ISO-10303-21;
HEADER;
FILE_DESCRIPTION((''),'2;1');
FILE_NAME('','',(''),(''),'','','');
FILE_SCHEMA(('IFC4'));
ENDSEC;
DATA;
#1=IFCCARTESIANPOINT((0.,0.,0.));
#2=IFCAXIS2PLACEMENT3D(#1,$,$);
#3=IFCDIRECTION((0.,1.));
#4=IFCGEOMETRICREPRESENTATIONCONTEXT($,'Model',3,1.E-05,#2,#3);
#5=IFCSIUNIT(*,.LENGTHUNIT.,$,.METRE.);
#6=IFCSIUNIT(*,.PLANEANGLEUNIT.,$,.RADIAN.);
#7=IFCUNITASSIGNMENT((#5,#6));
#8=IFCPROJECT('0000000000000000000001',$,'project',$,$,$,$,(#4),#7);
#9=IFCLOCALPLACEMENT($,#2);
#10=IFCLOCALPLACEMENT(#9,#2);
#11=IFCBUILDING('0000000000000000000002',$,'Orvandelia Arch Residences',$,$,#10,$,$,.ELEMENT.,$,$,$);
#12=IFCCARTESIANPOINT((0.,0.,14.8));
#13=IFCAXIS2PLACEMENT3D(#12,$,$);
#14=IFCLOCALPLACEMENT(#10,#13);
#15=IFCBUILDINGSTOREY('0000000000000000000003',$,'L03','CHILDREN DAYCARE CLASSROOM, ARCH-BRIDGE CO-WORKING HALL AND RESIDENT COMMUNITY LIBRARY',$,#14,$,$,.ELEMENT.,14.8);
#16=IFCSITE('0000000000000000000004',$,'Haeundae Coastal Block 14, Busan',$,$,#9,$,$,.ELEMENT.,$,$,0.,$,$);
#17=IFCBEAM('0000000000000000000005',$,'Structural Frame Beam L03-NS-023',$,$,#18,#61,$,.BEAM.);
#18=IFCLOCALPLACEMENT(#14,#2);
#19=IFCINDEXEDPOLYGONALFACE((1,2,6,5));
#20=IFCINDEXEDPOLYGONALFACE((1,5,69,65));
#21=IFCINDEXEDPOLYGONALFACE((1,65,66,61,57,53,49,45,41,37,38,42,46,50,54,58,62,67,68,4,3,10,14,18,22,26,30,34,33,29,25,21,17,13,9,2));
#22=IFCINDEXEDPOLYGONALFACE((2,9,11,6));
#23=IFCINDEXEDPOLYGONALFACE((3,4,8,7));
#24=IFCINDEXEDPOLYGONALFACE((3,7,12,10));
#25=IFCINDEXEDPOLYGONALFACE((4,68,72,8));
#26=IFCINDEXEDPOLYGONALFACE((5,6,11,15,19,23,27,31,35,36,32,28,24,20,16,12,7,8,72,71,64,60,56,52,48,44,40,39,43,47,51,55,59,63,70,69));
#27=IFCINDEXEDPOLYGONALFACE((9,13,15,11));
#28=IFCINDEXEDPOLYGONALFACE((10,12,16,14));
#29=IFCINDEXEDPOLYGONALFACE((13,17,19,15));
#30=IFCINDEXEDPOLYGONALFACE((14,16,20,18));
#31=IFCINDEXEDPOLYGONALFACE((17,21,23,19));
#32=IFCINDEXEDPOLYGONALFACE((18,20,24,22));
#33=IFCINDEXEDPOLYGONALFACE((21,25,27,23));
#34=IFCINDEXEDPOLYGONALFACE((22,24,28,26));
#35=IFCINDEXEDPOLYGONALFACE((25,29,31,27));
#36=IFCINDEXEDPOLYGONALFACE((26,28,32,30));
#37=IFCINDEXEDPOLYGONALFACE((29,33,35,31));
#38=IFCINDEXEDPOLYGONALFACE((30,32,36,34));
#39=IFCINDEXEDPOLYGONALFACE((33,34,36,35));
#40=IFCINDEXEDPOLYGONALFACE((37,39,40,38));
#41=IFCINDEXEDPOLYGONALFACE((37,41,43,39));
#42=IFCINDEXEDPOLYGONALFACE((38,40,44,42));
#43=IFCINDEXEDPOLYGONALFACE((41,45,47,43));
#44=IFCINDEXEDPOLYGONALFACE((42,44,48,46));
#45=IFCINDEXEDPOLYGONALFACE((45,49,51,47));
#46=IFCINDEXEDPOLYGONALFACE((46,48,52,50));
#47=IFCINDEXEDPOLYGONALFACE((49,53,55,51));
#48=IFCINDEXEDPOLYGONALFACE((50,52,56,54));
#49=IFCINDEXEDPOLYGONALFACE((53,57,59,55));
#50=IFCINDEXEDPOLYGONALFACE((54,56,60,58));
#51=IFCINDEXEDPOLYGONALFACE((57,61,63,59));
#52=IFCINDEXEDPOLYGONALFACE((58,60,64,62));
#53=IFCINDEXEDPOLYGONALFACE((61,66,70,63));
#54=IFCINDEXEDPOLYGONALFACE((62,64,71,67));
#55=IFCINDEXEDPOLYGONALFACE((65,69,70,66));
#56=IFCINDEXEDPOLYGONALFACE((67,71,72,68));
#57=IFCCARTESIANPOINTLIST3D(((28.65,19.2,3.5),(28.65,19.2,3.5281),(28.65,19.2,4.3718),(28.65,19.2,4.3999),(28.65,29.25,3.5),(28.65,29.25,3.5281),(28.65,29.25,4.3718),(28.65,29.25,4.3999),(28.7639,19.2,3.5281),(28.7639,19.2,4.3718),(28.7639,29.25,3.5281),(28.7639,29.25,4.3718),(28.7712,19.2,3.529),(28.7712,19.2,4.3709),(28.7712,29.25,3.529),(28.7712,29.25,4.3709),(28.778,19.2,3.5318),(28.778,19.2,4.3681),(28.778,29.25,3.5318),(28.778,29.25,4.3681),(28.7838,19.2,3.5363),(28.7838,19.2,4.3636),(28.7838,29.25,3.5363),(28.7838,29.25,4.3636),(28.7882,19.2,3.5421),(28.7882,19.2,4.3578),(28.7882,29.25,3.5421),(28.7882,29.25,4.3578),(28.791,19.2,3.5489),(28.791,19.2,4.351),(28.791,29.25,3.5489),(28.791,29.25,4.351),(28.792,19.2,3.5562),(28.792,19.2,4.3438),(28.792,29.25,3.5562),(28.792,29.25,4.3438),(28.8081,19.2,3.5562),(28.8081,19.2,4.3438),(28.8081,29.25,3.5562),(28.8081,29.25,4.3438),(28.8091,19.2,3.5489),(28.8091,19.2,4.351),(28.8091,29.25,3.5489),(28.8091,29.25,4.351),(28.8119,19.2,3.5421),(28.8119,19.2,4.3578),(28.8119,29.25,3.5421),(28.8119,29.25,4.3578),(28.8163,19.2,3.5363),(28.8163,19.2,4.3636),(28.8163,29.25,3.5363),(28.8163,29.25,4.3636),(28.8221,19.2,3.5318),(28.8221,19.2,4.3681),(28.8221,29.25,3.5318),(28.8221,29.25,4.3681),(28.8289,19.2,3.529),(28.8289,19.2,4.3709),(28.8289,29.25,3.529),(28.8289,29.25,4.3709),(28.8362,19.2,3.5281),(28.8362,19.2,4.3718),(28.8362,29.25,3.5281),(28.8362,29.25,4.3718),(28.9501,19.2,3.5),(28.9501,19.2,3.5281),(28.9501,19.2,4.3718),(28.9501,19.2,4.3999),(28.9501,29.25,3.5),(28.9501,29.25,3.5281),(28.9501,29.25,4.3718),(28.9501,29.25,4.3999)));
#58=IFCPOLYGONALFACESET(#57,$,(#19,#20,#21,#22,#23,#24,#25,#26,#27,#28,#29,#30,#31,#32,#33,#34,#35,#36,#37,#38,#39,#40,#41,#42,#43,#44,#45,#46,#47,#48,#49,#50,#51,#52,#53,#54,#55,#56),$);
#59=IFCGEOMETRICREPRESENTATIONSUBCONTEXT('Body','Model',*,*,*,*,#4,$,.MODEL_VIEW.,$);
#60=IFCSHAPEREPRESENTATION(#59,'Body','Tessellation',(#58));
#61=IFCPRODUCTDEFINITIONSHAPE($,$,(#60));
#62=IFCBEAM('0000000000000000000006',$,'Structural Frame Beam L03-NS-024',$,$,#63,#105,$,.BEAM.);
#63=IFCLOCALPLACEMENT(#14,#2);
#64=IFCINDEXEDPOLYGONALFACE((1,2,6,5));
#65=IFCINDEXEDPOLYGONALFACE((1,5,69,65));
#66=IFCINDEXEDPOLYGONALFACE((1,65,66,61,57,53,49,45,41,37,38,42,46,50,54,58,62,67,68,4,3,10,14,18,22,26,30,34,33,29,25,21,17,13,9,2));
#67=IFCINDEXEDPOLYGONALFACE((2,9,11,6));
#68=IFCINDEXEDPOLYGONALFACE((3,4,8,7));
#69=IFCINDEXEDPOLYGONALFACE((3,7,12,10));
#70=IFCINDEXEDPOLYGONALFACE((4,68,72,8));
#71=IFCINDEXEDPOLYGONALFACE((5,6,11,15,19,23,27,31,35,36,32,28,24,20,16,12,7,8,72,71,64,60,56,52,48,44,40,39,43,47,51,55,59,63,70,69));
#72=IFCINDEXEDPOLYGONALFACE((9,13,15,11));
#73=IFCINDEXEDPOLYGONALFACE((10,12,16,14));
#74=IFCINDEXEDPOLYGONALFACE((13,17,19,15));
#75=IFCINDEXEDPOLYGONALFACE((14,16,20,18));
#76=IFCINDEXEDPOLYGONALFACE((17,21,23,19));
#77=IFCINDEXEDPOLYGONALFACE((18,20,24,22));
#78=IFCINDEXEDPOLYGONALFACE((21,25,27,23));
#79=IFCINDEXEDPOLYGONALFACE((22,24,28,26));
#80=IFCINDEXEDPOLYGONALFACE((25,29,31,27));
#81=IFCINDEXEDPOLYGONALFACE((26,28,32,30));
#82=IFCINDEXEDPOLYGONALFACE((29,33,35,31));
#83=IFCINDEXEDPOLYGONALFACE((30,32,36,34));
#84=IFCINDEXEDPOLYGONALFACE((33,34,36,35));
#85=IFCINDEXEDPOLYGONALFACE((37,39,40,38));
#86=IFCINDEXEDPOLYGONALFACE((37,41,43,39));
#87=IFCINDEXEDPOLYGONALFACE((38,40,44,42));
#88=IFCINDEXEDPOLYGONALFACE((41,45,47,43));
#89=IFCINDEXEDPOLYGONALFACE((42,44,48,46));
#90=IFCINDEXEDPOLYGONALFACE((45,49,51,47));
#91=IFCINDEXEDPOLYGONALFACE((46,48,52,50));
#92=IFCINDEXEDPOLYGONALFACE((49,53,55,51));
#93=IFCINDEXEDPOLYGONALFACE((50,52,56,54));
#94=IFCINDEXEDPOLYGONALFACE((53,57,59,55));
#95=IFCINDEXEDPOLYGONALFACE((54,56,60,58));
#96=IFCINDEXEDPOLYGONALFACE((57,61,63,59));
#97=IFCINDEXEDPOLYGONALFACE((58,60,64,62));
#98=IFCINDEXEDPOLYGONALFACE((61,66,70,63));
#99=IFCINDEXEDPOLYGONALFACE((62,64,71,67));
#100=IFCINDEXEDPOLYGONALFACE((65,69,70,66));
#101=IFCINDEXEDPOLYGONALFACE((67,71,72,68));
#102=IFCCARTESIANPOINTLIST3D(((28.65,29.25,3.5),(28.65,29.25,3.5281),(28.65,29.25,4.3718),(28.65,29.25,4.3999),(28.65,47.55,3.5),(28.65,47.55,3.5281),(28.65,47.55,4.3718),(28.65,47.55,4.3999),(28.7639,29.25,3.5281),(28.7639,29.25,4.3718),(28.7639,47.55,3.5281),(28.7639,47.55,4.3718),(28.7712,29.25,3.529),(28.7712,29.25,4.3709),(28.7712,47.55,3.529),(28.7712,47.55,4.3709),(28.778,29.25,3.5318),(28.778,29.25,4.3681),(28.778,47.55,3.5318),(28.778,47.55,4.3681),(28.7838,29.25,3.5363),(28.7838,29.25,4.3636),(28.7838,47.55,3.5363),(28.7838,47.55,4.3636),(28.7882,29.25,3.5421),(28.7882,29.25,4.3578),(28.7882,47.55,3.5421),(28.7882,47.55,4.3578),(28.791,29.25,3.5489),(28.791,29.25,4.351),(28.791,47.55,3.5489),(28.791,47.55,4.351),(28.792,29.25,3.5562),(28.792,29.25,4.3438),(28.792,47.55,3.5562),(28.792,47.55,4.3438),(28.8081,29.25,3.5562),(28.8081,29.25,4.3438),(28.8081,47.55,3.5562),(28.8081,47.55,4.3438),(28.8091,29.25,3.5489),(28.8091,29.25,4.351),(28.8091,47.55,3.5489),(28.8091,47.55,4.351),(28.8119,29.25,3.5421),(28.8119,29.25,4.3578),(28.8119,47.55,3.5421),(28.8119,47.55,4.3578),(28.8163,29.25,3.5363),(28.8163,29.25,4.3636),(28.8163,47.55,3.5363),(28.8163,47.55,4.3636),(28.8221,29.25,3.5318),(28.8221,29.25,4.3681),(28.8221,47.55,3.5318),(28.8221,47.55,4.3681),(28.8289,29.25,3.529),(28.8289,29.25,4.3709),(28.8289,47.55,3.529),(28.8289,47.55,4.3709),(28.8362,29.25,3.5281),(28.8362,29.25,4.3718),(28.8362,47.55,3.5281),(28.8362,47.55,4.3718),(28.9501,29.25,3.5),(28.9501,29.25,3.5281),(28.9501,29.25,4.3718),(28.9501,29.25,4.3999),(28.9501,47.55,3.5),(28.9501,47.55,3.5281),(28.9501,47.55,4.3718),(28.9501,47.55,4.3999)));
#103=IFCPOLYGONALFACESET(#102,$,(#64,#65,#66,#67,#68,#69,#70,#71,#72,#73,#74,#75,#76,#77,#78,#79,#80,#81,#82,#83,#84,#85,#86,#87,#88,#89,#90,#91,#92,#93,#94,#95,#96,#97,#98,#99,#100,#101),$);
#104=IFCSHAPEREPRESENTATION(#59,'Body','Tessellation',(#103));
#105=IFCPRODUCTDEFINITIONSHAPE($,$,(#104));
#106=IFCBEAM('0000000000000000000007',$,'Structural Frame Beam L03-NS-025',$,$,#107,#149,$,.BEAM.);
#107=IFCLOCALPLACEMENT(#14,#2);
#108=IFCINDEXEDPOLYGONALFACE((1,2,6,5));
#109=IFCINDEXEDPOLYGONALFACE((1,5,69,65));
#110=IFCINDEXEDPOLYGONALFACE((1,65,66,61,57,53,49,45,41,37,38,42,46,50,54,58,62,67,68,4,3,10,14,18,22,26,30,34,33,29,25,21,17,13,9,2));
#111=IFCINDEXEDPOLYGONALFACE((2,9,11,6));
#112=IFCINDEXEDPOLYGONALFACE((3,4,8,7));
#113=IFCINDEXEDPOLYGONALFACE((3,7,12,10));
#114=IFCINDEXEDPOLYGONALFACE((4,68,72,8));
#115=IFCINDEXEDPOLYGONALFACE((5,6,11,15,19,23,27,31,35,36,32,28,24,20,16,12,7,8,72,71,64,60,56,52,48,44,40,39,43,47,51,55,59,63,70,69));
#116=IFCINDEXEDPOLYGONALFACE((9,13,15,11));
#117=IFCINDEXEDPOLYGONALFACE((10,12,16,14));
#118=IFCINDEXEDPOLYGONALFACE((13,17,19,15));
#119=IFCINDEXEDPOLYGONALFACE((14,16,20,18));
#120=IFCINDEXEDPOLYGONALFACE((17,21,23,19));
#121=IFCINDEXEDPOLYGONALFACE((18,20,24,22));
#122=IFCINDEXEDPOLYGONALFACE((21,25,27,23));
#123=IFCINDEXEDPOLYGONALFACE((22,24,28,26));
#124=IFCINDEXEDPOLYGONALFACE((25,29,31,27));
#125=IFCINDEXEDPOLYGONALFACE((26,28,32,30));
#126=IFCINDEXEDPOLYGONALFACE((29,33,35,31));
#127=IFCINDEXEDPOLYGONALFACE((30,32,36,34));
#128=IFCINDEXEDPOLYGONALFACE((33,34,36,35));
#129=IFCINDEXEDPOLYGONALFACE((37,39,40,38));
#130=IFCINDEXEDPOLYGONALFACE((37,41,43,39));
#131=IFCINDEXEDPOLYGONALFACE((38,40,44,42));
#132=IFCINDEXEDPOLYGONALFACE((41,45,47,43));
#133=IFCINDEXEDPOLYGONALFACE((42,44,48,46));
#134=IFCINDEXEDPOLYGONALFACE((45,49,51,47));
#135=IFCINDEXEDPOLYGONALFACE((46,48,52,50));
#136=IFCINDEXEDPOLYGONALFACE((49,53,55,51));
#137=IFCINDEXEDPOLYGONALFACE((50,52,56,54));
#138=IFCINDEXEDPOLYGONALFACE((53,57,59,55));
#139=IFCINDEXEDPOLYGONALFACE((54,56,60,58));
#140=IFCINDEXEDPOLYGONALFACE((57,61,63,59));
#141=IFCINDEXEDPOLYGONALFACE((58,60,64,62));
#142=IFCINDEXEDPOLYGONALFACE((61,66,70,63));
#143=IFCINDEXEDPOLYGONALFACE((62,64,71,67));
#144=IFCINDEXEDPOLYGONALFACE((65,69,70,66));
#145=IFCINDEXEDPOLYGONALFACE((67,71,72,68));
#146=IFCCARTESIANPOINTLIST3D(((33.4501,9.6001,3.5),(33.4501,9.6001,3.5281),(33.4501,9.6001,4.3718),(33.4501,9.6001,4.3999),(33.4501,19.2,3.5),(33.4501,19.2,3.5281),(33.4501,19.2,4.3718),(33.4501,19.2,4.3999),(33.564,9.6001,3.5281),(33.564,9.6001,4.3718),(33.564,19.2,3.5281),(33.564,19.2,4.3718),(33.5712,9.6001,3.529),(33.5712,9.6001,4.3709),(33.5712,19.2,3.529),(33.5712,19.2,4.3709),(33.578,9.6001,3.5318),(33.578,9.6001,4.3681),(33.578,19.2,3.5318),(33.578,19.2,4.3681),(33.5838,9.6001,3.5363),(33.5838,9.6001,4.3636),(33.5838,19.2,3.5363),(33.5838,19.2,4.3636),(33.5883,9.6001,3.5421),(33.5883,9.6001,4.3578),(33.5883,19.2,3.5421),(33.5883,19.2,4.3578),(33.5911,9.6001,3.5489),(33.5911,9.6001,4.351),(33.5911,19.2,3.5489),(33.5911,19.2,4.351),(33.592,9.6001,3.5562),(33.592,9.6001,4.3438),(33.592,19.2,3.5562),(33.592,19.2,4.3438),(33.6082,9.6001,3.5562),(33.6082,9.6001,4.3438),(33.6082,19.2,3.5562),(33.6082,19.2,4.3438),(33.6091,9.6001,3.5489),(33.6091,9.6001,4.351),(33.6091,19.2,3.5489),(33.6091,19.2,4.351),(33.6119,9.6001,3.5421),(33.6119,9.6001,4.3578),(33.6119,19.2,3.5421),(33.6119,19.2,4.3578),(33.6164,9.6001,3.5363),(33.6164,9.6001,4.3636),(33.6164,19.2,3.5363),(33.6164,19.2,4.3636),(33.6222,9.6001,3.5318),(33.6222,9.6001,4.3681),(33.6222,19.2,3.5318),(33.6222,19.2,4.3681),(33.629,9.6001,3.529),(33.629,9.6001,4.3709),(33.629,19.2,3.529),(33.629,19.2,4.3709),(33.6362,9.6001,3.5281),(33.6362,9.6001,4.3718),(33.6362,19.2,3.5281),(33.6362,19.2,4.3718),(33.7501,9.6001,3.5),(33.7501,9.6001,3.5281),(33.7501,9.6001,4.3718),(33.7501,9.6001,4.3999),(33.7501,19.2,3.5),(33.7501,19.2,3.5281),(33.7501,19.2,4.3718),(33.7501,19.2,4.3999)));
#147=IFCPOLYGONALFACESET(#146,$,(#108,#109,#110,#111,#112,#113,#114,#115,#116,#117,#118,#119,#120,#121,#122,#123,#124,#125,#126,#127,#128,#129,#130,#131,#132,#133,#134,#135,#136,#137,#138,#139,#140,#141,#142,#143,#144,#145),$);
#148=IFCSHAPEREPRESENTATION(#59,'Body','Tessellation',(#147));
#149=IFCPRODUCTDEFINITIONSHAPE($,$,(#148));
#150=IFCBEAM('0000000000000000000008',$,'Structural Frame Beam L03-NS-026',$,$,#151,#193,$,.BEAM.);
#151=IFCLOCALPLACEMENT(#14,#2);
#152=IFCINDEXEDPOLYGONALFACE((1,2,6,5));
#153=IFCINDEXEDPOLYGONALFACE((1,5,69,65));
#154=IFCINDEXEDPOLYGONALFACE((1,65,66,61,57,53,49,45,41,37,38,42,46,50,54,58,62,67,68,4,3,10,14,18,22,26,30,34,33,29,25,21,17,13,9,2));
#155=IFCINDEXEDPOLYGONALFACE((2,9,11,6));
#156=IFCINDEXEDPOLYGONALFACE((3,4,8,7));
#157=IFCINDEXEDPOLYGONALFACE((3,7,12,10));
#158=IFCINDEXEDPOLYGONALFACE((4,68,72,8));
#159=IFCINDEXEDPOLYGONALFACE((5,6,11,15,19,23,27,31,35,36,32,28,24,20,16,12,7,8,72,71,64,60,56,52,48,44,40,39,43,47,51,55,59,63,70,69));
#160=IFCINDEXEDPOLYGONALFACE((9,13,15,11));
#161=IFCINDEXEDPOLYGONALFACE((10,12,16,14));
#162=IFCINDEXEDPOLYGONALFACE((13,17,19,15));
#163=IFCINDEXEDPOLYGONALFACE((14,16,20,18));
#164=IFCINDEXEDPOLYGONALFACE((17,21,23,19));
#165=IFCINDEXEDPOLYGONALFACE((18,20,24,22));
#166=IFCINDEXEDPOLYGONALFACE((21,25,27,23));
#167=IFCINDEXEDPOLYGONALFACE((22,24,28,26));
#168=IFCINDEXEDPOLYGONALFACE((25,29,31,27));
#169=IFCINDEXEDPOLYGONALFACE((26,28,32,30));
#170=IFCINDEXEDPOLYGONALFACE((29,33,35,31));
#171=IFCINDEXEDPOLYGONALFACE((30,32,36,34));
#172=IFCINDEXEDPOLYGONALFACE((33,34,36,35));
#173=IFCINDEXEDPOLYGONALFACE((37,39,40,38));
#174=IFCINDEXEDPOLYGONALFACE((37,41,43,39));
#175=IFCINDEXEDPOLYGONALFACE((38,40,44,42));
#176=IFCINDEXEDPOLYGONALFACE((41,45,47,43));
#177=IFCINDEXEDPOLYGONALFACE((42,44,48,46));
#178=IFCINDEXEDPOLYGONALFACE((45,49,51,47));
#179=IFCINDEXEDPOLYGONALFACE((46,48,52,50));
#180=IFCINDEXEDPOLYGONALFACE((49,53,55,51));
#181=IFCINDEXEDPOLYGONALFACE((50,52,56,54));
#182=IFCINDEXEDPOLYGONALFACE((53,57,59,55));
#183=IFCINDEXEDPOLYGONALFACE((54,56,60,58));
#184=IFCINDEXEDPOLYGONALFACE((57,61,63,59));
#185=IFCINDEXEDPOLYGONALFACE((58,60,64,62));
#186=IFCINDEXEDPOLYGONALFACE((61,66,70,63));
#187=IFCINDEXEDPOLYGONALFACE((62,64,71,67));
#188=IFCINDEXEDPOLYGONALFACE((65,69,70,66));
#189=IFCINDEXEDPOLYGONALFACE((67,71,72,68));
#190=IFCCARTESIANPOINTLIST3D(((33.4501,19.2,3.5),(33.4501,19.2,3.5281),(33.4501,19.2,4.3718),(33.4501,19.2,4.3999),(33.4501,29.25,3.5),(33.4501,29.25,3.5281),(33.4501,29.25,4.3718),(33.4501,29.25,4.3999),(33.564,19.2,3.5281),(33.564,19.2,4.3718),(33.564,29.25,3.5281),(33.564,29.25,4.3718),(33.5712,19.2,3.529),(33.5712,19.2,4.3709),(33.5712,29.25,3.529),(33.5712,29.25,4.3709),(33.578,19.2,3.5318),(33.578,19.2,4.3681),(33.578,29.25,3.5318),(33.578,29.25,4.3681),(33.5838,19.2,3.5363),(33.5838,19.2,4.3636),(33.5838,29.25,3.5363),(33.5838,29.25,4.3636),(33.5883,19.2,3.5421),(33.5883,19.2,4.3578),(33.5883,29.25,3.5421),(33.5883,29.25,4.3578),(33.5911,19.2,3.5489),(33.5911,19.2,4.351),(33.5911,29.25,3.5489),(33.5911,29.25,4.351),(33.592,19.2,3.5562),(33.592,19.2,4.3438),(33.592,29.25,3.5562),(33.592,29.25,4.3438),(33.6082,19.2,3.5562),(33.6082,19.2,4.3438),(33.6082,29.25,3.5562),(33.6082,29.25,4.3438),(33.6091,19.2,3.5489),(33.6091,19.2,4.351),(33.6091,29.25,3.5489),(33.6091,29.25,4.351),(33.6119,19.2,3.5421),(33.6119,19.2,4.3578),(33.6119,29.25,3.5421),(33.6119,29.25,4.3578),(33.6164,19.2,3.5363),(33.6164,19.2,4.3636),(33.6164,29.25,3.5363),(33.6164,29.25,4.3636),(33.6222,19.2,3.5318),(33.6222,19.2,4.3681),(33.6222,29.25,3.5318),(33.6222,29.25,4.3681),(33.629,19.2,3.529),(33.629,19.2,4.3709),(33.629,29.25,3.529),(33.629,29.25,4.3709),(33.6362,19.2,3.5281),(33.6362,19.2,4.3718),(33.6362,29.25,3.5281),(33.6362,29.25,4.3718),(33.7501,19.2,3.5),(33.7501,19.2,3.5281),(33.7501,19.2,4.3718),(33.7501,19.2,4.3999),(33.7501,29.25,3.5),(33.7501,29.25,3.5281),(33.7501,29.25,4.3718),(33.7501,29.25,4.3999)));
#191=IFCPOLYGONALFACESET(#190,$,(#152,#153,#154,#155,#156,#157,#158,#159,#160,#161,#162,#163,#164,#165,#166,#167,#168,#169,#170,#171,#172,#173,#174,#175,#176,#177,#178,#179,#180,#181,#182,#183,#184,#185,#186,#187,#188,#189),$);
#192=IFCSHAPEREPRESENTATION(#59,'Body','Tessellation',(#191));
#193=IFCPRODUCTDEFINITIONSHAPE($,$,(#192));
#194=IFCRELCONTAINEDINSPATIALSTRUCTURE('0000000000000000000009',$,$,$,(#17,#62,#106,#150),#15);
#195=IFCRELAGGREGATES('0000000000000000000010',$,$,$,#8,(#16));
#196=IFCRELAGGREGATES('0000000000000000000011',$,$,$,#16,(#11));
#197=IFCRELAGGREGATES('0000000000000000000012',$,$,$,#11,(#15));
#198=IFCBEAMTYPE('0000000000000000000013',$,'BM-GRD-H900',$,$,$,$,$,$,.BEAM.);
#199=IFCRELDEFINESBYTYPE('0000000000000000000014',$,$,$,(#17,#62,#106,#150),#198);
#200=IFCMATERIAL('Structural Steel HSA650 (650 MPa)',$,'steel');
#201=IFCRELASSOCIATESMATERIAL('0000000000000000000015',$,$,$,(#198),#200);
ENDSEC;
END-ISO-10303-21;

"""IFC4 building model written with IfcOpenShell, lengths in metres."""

from ifc_helpers import new_model, si_unit, direction, frame, origin, origin_2d, place, context, subcontext, project, spatial, i_section, extrude, material, material_profile, profile_set, type_object, element, save


model = new_model("IFC4")

# Units and contexts
model_context = context("Model", 3, precision=1e-05, world=origin(), true_north=direction((0.0, 1.0)))
body_context = subcontext(model_context, "Body", "Model", "MODEL_VIEW")
ifc_project = project(units=[si_unit("LENGTHUNIT", "METRE"), si_unit("PLANEANGLEUNIT", "RADIAN")], contexts=[model_context])

# Site, building, storey
site_placement = place(None, origin())
site = spatial("IfcSite", under=ifc_project, at=site_placement, Name="Haeundae Coastal Block 14, Busan", CompositionType="ELEMENT", RefElevation=0.0)
building_placement = place(site_placement, origin())
building = spatial("IfcBuilding", under=site, at=building_placement, Name="Orvandelia Arch Residences", CompositionType="ELEMENT")
storey_placement = place(building_placement, frame((0.0, 0.0, 14.8)))
storey = spatial("IfcBuildingStorey", under=building, at=storey_placement, Name="L03", Description="CHILDREN DAYCARE CLASSROOM, ARCH-BRIDGE CO-WORKING HALL AND RESIDENT COMMUNITY LIBRARY", CompositionType="ELEMENT", Elevation=14.8)

# Shared definitions
ifc_material_1 = material(Name="Structural Steel HSA650 (650 MPa)", Category="steel")

# Beams
ifc_material_profile_1 = material_profile(ifc_material_1, i_section(OverallWidth=0.3, OverallDepth=0.8999, WebThickness=0.0161, FlangeThickness=0.0281, FilletRadius=0.0281, at=origin_2d()), Name="Structural Steel HSA650 (650 MPa)", Category="steel")
ifc_profile_set_1 = profile_set([ifc_material_profile_1], Name="Structural Steel HSA650 (650 MPa)")
beam_type_1 = type_object("IfcBeamType", Name="BM-GRD-H900", PredefinedType="BEAM", material=ifc_profile_set_1)
beam_1_placement = place(storey_placement, frame((28.8, 19.2, 3.95), z_axis=(0.0, 1.0, 0.0), x_axis=(-1.0, 0.0, 0.0)))
element("IfcBeam", 1, at=beam_1_placement, inside=storey, type_object=beam_type_1, Name="Structural Frame Beam L03-NS-023", PredefinedType="BEAM", context=body_context, shape_type="SweptSolid", body=[
    extrude(i_section(OverallWidth=0.3, OverallDepth=0.8999, WebThickness=0.0161, FlangeThickness=0.0281, FilletRadius=0.0281, at=origin_2d()), origin(), (0.0, 0.0, 1.0), 10.05),
])
beam_2_placement = place(storey_placement, frame((28.8, 29.25, 3.95), z_axis=(0.0, 1.0, 0.0), x_axis=(-1.0, 0.0, 0.0)))
element("IfcBeam", 2, at=beam_2_placement, inside=storey, type_object=beam_type_1, Name="Structural Frame Beam L03-NS-024", PredefinedType="BEAM", context=body_context, shape_type="SweptSolid", body=[
    extrude(i_section(OverallWidth=0.3, OverallDepth=0.8999, WebThickness=0.0161, FlangeThickness=0.0281, FilletRadius=0.0281, at=origin_2d()), origin(), (0.0, 0.0, 1.0), 18.3),
])
beam_3_placement = place(storey_placement, frame((33.6001, 9.6001, 3.95), z_axis=(0.0, 1.0, 0.0), x_axis=(-1.0, 0.0, 0.0)))
element("IfcBeam", 3, at=beam_3_placement, inside=storey, type_object=beam_type_1, Name="Structural Frame Beam L03-NS-025", PredefinedType="BEAM", context=body_context, shape_type="SweptSolid", body=[
    extrude(i_section(OverallWidth=0.3, OverallDepth=0.8999, WebThickness=0.0161, FlangeThickness=0.0281, FilletRadius=0.0281, at=origin_2d()), origin(), (0.0, 0.0, 1.0), 9.5999),
])
beam_4_placement = place(storey_placement, frame((33.6001, 19.2, 3.95), z_axis=(0.0, 1.0, 0.0), x_axis=(-1.0, 0.0, 0.0)))
element("IfcBeam", 4, at=beam_4_placement, inside=storey, type_object=beam_type_1, Name="Structural Frame Beam L03-NS-026", PredefinedType="BEAM", context=body_context, shape_type="SweptSolid", body=[
    extrude(i_section(OverallWidth=0.3, OverallDepth=0.8999, WebThickness=0.0161, FlangeThickness=0.0281, FilletRadius=0.0281, at=origin_2d()), origin(), (0.0, 0.0, 1.0), 10.05),
])

save(model, "model.ifc")
